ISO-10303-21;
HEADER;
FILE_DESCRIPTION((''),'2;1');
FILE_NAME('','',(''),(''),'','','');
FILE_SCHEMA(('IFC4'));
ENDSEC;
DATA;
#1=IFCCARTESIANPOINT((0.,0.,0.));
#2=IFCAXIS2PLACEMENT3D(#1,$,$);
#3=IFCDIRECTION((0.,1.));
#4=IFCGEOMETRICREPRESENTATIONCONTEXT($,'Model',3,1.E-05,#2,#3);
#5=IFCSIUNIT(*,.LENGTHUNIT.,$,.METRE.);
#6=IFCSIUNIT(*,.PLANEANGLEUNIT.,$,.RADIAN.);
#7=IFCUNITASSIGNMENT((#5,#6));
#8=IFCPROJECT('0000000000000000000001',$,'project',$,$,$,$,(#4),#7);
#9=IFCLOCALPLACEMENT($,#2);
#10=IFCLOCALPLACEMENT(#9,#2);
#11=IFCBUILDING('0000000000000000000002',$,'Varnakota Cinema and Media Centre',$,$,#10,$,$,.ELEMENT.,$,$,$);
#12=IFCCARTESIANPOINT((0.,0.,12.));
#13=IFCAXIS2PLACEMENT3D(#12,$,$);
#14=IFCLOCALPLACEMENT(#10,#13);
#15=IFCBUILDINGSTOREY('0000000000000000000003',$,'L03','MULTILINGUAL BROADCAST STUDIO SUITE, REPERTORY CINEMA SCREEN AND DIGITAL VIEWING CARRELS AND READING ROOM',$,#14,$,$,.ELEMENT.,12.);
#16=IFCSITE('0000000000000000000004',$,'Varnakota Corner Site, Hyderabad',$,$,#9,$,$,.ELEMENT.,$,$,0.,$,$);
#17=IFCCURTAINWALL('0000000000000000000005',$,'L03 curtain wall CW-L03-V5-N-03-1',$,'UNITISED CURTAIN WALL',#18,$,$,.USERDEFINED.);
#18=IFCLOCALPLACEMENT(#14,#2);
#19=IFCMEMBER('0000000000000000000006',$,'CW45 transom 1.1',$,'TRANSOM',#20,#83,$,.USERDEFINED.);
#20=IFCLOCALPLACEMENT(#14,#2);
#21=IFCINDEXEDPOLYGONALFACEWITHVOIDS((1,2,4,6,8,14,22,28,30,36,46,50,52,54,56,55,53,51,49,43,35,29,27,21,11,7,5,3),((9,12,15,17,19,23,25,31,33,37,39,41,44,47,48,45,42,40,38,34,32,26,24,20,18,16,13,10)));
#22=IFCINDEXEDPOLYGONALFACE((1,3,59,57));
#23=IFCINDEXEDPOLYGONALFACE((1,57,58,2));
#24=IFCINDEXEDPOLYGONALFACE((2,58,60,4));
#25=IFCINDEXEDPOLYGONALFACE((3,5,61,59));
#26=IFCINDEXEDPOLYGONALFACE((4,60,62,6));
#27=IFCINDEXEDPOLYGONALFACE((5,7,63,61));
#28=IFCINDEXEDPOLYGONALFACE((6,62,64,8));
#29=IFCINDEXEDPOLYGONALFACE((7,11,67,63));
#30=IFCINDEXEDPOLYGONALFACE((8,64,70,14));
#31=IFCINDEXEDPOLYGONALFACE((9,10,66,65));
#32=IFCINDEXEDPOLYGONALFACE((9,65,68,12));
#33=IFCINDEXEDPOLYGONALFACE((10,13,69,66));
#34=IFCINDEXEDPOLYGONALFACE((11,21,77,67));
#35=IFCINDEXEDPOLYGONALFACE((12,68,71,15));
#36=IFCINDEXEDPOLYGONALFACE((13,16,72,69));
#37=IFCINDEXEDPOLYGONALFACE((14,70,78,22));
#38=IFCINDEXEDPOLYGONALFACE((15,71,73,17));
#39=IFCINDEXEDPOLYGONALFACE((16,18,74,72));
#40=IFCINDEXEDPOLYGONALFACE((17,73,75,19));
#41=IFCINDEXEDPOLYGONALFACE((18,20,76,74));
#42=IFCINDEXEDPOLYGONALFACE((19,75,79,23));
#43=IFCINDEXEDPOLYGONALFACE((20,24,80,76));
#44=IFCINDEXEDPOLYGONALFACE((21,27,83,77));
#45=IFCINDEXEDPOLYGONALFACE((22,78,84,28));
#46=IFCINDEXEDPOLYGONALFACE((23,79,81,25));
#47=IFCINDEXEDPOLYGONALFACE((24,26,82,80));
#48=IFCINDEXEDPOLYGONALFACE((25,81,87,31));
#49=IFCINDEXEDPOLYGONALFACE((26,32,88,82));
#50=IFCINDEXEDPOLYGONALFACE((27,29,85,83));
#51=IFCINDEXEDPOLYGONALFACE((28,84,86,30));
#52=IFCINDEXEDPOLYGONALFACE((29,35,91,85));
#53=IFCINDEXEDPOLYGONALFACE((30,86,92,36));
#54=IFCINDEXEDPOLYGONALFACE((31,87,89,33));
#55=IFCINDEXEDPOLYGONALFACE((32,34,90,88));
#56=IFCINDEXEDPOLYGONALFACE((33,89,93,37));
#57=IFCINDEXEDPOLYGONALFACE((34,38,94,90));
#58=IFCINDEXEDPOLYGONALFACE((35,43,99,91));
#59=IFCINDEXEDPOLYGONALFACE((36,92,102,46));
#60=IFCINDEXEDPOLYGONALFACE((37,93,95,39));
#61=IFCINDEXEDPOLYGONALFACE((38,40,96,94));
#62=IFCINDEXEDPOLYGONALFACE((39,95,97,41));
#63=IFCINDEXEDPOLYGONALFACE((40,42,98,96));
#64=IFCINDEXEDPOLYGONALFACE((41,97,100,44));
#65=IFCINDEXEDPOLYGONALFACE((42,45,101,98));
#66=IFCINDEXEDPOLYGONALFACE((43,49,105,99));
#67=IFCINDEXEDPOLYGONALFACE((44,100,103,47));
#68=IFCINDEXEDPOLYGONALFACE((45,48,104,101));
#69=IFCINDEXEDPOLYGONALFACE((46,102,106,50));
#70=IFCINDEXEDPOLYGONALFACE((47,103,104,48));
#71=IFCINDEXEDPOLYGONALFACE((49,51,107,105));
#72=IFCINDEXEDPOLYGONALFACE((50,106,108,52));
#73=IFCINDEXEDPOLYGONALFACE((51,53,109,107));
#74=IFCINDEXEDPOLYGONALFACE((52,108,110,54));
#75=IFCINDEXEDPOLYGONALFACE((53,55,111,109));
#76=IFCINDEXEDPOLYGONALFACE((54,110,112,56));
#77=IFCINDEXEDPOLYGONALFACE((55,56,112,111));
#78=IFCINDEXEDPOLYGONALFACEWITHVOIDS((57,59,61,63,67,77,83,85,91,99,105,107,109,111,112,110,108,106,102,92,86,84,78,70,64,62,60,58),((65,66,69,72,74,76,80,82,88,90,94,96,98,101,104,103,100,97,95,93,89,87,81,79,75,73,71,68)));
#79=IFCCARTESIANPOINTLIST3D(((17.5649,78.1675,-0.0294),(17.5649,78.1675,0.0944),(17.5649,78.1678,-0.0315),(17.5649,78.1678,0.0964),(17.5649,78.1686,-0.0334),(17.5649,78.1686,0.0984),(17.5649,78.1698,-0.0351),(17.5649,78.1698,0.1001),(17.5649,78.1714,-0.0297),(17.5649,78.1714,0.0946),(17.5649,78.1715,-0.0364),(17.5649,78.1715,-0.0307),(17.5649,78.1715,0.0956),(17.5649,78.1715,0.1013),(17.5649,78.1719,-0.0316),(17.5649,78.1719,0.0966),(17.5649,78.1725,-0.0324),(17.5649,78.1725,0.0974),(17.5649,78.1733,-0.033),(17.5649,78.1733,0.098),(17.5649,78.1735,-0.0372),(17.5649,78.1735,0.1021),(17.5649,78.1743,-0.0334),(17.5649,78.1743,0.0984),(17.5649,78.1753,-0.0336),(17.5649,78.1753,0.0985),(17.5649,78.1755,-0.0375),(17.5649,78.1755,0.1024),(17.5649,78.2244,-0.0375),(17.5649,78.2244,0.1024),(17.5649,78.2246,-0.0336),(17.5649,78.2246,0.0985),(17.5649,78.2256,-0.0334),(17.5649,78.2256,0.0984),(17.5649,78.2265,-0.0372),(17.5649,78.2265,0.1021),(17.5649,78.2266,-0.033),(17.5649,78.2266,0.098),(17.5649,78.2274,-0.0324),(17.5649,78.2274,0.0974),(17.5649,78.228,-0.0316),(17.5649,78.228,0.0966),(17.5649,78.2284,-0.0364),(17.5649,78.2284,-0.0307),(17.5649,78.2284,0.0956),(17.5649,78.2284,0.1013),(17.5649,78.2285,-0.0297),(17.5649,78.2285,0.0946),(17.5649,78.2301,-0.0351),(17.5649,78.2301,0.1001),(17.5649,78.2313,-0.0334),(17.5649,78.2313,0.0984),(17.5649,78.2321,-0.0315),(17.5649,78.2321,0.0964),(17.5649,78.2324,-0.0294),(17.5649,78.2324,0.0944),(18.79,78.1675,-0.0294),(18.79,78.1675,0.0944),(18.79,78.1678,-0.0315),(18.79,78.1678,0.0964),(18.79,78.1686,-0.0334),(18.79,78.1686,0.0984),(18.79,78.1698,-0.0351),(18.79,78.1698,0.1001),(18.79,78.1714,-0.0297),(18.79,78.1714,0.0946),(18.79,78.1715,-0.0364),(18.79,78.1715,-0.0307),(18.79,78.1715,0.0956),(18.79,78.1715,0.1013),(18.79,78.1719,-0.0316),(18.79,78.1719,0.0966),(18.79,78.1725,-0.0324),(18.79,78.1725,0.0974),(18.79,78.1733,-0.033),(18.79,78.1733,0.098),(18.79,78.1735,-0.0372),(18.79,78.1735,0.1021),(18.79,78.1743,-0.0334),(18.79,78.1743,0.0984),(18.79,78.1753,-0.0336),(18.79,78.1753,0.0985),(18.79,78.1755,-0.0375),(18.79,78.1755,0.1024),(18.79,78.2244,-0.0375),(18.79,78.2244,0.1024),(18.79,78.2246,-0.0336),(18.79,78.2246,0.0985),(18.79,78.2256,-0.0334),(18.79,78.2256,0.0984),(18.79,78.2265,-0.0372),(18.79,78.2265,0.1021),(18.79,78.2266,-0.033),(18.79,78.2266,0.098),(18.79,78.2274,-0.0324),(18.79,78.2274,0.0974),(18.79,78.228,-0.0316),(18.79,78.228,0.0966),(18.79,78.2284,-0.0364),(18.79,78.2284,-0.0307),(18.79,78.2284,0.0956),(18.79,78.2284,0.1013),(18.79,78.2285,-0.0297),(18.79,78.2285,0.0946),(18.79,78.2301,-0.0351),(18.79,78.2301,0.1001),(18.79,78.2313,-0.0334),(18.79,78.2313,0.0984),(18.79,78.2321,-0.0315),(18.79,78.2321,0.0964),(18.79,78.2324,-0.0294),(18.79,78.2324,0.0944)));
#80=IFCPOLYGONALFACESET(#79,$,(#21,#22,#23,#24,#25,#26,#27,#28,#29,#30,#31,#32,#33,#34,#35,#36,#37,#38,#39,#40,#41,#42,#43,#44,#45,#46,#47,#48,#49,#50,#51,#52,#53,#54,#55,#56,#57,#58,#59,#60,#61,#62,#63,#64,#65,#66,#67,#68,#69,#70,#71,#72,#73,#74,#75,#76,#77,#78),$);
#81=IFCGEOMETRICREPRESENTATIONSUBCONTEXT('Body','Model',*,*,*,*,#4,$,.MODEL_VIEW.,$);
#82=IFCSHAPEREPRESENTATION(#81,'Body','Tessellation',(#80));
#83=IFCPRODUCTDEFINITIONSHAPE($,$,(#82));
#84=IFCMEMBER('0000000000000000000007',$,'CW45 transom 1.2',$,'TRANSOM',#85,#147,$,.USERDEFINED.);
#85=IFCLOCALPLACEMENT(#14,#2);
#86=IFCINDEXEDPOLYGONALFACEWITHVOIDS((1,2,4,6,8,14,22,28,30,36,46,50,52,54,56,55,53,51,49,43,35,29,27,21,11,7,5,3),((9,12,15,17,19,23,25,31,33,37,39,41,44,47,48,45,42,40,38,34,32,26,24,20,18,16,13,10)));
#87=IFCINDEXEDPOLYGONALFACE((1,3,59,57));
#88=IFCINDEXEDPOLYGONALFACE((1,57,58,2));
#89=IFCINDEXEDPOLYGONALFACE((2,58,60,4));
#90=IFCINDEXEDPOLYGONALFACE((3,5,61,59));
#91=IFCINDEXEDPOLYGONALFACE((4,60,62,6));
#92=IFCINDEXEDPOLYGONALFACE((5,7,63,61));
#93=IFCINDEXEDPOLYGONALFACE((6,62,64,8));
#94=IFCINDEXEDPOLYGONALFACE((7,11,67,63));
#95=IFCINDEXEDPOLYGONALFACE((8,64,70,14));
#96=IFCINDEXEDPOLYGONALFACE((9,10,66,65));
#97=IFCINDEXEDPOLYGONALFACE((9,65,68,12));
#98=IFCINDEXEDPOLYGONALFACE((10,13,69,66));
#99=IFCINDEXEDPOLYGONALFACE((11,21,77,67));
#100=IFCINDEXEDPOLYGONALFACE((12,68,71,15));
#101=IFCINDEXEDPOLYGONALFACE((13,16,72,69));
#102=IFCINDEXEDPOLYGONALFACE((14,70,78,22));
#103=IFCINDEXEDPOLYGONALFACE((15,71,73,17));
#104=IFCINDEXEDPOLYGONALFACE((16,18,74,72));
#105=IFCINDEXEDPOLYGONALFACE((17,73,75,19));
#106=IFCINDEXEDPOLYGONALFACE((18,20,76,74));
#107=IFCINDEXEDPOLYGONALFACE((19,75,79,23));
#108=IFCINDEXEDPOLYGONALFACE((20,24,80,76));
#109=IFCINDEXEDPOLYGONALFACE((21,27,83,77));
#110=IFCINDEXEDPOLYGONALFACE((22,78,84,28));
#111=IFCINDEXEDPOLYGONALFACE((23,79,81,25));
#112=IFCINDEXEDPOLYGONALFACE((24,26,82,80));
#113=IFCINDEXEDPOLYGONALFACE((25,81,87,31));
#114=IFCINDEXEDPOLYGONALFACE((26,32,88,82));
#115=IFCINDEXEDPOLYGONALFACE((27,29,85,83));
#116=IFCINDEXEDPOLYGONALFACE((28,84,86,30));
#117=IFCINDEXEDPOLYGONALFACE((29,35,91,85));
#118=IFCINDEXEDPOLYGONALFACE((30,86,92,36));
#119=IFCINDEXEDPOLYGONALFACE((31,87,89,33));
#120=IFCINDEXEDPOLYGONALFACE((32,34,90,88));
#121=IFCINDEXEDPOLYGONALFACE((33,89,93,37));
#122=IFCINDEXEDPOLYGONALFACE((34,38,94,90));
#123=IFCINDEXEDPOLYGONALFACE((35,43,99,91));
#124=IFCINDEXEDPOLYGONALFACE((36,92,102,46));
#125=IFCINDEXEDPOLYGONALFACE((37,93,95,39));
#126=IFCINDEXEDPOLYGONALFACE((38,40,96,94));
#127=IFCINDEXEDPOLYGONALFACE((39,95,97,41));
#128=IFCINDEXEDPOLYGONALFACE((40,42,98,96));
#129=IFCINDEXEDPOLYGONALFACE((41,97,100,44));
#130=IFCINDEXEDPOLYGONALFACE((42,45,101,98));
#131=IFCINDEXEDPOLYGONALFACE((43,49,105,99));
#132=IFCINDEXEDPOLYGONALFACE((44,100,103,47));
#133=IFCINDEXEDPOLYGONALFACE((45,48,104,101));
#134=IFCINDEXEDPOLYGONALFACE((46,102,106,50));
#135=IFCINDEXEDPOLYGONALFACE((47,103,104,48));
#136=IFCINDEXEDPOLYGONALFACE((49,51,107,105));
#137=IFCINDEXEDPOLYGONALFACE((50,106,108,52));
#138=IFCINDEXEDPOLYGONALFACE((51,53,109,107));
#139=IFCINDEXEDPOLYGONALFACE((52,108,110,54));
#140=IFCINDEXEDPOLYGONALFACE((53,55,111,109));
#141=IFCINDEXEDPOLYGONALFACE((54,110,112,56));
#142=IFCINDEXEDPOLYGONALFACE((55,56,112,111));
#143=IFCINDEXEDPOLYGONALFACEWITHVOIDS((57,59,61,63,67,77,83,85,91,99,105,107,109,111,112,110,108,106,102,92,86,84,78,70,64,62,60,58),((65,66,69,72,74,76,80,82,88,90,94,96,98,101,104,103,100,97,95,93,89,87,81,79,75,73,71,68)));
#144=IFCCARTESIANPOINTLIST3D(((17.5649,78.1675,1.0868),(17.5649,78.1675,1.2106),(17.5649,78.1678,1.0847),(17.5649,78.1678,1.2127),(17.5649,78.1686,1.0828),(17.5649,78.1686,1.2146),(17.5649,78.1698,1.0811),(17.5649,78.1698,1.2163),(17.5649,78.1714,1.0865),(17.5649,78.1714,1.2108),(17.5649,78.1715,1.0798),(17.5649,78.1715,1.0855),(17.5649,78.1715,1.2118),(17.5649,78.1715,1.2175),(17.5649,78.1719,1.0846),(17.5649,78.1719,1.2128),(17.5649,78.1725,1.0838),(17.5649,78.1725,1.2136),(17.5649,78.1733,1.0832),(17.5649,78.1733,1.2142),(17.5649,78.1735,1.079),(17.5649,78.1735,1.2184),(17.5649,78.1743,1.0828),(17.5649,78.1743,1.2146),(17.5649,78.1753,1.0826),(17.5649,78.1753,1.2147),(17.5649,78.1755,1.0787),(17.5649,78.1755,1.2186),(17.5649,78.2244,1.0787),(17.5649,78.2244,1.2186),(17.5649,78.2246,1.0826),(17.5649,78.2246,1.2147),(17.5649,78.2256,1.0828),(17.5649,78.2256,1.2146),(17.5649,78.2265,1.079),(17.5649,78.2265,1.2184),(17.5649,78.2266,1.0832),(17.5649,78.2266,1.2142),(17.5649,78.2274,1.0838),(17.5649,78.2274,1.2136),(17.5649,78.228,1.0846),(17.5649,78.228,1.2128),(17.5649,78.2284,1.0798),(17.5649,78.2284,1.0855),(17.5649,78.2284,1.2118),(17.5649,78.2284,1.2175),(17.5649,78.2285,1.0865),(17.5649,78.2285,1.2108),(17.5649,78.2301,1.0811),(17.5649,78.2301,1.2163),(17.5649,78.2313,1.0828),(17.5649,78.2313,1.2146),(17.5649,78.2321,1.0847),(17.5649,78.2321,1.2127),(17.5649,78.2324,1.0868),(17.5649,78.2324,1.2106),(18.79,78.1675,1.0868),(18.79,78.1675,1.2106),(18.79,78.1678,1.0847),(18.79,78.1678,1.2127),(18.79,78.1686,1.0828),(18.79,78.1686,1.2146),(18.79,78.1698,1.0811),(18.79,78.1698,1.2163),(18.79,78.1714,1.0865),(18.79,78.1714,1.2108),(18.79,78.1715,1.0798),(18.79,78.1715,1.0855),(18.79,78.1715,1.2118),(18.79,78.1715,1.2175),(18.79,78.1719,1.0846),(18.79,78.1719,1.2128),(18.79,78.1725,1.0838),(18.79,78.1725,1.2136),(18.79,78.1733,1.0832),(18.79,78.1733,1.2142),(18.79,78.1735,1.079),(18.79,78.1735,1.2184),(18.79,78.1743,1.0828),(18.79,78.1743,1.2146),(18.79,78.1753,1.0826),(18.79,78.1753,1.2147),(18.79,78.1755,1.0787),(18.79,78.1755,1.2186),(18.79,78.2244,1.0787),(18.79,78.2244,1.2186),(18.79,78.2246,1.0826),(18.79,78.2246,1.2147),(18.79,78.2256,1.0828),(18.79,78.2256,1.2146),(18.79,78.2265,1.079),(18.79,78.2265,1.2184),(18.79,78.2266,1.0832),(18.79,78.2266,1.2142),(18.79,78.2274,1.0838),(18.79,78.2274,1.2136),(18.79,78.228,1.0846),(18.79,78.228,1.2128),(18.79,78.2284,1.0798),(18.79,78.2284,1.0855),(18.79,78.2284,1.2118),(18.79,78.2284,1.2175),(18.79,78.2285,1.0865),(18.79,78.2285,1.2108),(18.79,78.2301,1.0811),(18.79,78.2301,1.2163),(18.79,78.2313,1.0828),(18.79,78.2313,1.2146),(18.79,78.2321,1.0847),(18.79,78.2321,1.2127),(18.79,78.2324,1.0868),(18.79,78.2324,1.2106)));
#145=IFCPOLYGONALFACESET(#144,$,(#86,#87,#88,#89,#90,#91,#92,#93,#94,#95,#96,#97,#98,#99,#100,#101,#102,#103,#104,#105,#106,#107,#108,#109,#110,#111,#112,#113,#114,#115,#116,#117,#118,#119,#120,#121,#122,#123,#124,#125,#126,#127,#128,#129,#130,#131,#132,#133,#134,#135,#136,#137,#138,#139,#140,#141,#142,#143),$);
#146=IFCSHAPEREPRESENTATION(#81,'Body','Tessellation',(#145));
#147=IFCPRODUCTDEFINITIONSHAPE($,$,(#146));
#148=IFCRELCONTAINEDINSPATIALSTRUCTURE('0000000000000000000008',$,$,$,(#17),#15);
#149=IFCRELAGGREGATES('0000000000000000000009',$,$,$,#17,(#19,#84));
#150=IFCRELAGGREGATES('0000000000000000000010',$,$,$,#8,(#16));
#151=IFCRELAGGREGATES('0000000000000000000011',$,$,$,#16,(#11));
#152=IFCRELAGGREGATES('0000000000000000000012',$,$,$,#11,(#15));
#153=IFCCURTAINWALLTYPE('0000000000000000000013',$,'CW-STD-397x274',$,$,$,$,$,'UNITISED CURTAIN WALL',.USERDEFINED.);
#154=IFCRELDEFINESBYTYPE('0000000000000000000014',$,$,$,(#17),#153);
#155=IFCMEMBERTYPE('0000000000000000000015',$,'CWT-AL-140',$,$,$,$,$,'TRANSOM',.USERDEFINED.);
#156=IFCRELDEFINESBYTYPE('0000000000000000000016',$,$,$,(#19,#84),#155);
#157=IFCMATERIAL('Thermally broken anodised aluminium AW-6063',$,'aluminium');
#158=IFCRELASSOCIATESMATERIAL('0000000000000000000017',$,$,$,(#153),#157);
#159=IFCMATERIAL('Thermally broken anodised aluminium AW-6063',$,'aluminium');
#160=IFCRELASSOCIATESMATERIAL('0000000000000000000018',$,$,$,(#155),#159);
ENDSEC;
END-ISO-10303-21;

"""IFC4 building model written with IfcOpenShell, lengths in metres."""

from ifc_helpers import new_model, si_unit, direction, frame, origin, origin_2d, place, context, subcontext, project, spatial, hollow_rectangle, extrude, material, material_profile, profile_set, type_object, element, aggregate, save


model = new_model("IFC4")

# Units and contexts
model_context = context("Model", 3, precision=1e-05, world=origin(), true_north=direction((0.0, 1.0)))
body_context = subcontext(model_context, "Body", "Model", "MODEL_VIEW")
ifc_project = project(units=[si_unit("LENGTHUNIT", "METRE"), si_unit("PLANEANGLEUNIT", "RADIAN")], contexts=[model_context])

# Site, building, storey
site_placement = place(None, origin())
site = spatial("IfcSite", under=ifc_project, at=site_placement, Name="Varnakota Corner Site, Hyderabad", CompositionType="ELEMENT", RefElevation=0.0)
building_placement = place(site_placement, origin())
building = spatial("IfcBuilding", under=site, at=building_placement, Name="Varnakota Cinema and Media Centre", CompositionType="ELEMENT")
storey_placement = place(building_placement, frame((0.0, 0.0, 12.0)))
storey = spatial("IfcBuildingStorey", under=building, at=storey_placement, Name="L03", Description="MULTILINGUAL BROADCAST STUDIO SUITE, REPERTORY CINEMA SCREEN AND DIGITAL VIEWING CARRELS AND READING ROOM", CompositionType="ELEMENT", Elevation=12.0)

# Curtain wall
ifc_material_1 = material(Name="Thermally broken anodised aluminium AW-6063", Category="aluminium")
curtain_wall_type_1 = type_object("IfcCurtainWallType", Name="CW-STD-397x274", ElementType="UNITISED CURTAIN WALL", PredefinedType="USERDEFINED", material=ifc_material_1)
curtain_wall_1_placement = place(storey_placement, origin())
curtain_wall_1 = element("IfcCurtainWall", 1, at=curtain_wall_1_placement, inside=storey, type_object=curtain_wall_type_1, Name="L03 curtain wall CW-L03-V5-N-03-1", ObjectType="UNITISED CURTAIN WALL", PredefinedType="USERDEFINED")

# Members
ifc_material_2 = material(Name="Thermally broken anodised aluminium AW-6063", Category="aluminium")
ifc_material_profile_1 = material_profile(ifc_material_2, hollow_rectangle(XDim=0.0649, YDim=0.1399, WallThickness=0.0039, InnerFilletRadius=0.0039, OuterFilletRadius=0.0081, at=origin_2d()), Name="AL-TRANSOM 140x65x4")
ifc_profile_set_1 = profile_set([ifc_material_profile_1], Name="Thermally broken anodised aluminium AW-6063")
member_type_1 = type_object("IfcMemberType", Name="CWT-AL-140", ElementType="TRANSOM", PredefinedType="USERDEFINED", material=ifc_profile_set_1)
member_1_placement = place(storey_placement, frame((17.5649, 78.2, 0.0325), z_axis=(1.0, 0.0, 0.0), x_axis=(0.0, 1.0, 0.0)))
member_1 = element("IfcMember", 2, at=member_1_placement, type_object=member_type_1, Name="CW45 transom 1.1", ObjectType="TRANSOM", PredefinedType="USERDEFINED", context=body_context, shape_type="SweptSolid", body=[
    extrude(hollow_rectangle(XDim=0.0649, YDim=0.1399, WallThickness=0.0039, InnerFilletRadius=0.0039, OuterFilletRadius=0.0081, at=origin_2d()), origin(), (0.0, 0.0, 1.0), 1.2251),
])
member_2_placement = place(storey_placement, frame((17.5649, 78.2, 1.1487), z_axis=(1.0, 0.0, 0.0), x_axis=(0.0, 1.0, 0.0)))
member_2 = element("IfcMember", 3, at=member_2_placement, type_object=member_type_1, Name="CW45 transom 1.2", ObjectType="TRANSOM", PredefinedType="USERDEFINED", context=body_context, shape_type="SweptSolid", body=[
    extrude(hollow_rectangle(XDim=0.0649, YDim=0.1399, WallThickness=0.0039, InnerFilletRadius=0.0039, OuterFilletRadius=0.0081, at=origin_2d()), origin(), (0.0, 0.0, 1.0), 1.2251),
])

aggregate(curtain_wall_1, [member_1, member_2])

save(model, "model.ifc")
